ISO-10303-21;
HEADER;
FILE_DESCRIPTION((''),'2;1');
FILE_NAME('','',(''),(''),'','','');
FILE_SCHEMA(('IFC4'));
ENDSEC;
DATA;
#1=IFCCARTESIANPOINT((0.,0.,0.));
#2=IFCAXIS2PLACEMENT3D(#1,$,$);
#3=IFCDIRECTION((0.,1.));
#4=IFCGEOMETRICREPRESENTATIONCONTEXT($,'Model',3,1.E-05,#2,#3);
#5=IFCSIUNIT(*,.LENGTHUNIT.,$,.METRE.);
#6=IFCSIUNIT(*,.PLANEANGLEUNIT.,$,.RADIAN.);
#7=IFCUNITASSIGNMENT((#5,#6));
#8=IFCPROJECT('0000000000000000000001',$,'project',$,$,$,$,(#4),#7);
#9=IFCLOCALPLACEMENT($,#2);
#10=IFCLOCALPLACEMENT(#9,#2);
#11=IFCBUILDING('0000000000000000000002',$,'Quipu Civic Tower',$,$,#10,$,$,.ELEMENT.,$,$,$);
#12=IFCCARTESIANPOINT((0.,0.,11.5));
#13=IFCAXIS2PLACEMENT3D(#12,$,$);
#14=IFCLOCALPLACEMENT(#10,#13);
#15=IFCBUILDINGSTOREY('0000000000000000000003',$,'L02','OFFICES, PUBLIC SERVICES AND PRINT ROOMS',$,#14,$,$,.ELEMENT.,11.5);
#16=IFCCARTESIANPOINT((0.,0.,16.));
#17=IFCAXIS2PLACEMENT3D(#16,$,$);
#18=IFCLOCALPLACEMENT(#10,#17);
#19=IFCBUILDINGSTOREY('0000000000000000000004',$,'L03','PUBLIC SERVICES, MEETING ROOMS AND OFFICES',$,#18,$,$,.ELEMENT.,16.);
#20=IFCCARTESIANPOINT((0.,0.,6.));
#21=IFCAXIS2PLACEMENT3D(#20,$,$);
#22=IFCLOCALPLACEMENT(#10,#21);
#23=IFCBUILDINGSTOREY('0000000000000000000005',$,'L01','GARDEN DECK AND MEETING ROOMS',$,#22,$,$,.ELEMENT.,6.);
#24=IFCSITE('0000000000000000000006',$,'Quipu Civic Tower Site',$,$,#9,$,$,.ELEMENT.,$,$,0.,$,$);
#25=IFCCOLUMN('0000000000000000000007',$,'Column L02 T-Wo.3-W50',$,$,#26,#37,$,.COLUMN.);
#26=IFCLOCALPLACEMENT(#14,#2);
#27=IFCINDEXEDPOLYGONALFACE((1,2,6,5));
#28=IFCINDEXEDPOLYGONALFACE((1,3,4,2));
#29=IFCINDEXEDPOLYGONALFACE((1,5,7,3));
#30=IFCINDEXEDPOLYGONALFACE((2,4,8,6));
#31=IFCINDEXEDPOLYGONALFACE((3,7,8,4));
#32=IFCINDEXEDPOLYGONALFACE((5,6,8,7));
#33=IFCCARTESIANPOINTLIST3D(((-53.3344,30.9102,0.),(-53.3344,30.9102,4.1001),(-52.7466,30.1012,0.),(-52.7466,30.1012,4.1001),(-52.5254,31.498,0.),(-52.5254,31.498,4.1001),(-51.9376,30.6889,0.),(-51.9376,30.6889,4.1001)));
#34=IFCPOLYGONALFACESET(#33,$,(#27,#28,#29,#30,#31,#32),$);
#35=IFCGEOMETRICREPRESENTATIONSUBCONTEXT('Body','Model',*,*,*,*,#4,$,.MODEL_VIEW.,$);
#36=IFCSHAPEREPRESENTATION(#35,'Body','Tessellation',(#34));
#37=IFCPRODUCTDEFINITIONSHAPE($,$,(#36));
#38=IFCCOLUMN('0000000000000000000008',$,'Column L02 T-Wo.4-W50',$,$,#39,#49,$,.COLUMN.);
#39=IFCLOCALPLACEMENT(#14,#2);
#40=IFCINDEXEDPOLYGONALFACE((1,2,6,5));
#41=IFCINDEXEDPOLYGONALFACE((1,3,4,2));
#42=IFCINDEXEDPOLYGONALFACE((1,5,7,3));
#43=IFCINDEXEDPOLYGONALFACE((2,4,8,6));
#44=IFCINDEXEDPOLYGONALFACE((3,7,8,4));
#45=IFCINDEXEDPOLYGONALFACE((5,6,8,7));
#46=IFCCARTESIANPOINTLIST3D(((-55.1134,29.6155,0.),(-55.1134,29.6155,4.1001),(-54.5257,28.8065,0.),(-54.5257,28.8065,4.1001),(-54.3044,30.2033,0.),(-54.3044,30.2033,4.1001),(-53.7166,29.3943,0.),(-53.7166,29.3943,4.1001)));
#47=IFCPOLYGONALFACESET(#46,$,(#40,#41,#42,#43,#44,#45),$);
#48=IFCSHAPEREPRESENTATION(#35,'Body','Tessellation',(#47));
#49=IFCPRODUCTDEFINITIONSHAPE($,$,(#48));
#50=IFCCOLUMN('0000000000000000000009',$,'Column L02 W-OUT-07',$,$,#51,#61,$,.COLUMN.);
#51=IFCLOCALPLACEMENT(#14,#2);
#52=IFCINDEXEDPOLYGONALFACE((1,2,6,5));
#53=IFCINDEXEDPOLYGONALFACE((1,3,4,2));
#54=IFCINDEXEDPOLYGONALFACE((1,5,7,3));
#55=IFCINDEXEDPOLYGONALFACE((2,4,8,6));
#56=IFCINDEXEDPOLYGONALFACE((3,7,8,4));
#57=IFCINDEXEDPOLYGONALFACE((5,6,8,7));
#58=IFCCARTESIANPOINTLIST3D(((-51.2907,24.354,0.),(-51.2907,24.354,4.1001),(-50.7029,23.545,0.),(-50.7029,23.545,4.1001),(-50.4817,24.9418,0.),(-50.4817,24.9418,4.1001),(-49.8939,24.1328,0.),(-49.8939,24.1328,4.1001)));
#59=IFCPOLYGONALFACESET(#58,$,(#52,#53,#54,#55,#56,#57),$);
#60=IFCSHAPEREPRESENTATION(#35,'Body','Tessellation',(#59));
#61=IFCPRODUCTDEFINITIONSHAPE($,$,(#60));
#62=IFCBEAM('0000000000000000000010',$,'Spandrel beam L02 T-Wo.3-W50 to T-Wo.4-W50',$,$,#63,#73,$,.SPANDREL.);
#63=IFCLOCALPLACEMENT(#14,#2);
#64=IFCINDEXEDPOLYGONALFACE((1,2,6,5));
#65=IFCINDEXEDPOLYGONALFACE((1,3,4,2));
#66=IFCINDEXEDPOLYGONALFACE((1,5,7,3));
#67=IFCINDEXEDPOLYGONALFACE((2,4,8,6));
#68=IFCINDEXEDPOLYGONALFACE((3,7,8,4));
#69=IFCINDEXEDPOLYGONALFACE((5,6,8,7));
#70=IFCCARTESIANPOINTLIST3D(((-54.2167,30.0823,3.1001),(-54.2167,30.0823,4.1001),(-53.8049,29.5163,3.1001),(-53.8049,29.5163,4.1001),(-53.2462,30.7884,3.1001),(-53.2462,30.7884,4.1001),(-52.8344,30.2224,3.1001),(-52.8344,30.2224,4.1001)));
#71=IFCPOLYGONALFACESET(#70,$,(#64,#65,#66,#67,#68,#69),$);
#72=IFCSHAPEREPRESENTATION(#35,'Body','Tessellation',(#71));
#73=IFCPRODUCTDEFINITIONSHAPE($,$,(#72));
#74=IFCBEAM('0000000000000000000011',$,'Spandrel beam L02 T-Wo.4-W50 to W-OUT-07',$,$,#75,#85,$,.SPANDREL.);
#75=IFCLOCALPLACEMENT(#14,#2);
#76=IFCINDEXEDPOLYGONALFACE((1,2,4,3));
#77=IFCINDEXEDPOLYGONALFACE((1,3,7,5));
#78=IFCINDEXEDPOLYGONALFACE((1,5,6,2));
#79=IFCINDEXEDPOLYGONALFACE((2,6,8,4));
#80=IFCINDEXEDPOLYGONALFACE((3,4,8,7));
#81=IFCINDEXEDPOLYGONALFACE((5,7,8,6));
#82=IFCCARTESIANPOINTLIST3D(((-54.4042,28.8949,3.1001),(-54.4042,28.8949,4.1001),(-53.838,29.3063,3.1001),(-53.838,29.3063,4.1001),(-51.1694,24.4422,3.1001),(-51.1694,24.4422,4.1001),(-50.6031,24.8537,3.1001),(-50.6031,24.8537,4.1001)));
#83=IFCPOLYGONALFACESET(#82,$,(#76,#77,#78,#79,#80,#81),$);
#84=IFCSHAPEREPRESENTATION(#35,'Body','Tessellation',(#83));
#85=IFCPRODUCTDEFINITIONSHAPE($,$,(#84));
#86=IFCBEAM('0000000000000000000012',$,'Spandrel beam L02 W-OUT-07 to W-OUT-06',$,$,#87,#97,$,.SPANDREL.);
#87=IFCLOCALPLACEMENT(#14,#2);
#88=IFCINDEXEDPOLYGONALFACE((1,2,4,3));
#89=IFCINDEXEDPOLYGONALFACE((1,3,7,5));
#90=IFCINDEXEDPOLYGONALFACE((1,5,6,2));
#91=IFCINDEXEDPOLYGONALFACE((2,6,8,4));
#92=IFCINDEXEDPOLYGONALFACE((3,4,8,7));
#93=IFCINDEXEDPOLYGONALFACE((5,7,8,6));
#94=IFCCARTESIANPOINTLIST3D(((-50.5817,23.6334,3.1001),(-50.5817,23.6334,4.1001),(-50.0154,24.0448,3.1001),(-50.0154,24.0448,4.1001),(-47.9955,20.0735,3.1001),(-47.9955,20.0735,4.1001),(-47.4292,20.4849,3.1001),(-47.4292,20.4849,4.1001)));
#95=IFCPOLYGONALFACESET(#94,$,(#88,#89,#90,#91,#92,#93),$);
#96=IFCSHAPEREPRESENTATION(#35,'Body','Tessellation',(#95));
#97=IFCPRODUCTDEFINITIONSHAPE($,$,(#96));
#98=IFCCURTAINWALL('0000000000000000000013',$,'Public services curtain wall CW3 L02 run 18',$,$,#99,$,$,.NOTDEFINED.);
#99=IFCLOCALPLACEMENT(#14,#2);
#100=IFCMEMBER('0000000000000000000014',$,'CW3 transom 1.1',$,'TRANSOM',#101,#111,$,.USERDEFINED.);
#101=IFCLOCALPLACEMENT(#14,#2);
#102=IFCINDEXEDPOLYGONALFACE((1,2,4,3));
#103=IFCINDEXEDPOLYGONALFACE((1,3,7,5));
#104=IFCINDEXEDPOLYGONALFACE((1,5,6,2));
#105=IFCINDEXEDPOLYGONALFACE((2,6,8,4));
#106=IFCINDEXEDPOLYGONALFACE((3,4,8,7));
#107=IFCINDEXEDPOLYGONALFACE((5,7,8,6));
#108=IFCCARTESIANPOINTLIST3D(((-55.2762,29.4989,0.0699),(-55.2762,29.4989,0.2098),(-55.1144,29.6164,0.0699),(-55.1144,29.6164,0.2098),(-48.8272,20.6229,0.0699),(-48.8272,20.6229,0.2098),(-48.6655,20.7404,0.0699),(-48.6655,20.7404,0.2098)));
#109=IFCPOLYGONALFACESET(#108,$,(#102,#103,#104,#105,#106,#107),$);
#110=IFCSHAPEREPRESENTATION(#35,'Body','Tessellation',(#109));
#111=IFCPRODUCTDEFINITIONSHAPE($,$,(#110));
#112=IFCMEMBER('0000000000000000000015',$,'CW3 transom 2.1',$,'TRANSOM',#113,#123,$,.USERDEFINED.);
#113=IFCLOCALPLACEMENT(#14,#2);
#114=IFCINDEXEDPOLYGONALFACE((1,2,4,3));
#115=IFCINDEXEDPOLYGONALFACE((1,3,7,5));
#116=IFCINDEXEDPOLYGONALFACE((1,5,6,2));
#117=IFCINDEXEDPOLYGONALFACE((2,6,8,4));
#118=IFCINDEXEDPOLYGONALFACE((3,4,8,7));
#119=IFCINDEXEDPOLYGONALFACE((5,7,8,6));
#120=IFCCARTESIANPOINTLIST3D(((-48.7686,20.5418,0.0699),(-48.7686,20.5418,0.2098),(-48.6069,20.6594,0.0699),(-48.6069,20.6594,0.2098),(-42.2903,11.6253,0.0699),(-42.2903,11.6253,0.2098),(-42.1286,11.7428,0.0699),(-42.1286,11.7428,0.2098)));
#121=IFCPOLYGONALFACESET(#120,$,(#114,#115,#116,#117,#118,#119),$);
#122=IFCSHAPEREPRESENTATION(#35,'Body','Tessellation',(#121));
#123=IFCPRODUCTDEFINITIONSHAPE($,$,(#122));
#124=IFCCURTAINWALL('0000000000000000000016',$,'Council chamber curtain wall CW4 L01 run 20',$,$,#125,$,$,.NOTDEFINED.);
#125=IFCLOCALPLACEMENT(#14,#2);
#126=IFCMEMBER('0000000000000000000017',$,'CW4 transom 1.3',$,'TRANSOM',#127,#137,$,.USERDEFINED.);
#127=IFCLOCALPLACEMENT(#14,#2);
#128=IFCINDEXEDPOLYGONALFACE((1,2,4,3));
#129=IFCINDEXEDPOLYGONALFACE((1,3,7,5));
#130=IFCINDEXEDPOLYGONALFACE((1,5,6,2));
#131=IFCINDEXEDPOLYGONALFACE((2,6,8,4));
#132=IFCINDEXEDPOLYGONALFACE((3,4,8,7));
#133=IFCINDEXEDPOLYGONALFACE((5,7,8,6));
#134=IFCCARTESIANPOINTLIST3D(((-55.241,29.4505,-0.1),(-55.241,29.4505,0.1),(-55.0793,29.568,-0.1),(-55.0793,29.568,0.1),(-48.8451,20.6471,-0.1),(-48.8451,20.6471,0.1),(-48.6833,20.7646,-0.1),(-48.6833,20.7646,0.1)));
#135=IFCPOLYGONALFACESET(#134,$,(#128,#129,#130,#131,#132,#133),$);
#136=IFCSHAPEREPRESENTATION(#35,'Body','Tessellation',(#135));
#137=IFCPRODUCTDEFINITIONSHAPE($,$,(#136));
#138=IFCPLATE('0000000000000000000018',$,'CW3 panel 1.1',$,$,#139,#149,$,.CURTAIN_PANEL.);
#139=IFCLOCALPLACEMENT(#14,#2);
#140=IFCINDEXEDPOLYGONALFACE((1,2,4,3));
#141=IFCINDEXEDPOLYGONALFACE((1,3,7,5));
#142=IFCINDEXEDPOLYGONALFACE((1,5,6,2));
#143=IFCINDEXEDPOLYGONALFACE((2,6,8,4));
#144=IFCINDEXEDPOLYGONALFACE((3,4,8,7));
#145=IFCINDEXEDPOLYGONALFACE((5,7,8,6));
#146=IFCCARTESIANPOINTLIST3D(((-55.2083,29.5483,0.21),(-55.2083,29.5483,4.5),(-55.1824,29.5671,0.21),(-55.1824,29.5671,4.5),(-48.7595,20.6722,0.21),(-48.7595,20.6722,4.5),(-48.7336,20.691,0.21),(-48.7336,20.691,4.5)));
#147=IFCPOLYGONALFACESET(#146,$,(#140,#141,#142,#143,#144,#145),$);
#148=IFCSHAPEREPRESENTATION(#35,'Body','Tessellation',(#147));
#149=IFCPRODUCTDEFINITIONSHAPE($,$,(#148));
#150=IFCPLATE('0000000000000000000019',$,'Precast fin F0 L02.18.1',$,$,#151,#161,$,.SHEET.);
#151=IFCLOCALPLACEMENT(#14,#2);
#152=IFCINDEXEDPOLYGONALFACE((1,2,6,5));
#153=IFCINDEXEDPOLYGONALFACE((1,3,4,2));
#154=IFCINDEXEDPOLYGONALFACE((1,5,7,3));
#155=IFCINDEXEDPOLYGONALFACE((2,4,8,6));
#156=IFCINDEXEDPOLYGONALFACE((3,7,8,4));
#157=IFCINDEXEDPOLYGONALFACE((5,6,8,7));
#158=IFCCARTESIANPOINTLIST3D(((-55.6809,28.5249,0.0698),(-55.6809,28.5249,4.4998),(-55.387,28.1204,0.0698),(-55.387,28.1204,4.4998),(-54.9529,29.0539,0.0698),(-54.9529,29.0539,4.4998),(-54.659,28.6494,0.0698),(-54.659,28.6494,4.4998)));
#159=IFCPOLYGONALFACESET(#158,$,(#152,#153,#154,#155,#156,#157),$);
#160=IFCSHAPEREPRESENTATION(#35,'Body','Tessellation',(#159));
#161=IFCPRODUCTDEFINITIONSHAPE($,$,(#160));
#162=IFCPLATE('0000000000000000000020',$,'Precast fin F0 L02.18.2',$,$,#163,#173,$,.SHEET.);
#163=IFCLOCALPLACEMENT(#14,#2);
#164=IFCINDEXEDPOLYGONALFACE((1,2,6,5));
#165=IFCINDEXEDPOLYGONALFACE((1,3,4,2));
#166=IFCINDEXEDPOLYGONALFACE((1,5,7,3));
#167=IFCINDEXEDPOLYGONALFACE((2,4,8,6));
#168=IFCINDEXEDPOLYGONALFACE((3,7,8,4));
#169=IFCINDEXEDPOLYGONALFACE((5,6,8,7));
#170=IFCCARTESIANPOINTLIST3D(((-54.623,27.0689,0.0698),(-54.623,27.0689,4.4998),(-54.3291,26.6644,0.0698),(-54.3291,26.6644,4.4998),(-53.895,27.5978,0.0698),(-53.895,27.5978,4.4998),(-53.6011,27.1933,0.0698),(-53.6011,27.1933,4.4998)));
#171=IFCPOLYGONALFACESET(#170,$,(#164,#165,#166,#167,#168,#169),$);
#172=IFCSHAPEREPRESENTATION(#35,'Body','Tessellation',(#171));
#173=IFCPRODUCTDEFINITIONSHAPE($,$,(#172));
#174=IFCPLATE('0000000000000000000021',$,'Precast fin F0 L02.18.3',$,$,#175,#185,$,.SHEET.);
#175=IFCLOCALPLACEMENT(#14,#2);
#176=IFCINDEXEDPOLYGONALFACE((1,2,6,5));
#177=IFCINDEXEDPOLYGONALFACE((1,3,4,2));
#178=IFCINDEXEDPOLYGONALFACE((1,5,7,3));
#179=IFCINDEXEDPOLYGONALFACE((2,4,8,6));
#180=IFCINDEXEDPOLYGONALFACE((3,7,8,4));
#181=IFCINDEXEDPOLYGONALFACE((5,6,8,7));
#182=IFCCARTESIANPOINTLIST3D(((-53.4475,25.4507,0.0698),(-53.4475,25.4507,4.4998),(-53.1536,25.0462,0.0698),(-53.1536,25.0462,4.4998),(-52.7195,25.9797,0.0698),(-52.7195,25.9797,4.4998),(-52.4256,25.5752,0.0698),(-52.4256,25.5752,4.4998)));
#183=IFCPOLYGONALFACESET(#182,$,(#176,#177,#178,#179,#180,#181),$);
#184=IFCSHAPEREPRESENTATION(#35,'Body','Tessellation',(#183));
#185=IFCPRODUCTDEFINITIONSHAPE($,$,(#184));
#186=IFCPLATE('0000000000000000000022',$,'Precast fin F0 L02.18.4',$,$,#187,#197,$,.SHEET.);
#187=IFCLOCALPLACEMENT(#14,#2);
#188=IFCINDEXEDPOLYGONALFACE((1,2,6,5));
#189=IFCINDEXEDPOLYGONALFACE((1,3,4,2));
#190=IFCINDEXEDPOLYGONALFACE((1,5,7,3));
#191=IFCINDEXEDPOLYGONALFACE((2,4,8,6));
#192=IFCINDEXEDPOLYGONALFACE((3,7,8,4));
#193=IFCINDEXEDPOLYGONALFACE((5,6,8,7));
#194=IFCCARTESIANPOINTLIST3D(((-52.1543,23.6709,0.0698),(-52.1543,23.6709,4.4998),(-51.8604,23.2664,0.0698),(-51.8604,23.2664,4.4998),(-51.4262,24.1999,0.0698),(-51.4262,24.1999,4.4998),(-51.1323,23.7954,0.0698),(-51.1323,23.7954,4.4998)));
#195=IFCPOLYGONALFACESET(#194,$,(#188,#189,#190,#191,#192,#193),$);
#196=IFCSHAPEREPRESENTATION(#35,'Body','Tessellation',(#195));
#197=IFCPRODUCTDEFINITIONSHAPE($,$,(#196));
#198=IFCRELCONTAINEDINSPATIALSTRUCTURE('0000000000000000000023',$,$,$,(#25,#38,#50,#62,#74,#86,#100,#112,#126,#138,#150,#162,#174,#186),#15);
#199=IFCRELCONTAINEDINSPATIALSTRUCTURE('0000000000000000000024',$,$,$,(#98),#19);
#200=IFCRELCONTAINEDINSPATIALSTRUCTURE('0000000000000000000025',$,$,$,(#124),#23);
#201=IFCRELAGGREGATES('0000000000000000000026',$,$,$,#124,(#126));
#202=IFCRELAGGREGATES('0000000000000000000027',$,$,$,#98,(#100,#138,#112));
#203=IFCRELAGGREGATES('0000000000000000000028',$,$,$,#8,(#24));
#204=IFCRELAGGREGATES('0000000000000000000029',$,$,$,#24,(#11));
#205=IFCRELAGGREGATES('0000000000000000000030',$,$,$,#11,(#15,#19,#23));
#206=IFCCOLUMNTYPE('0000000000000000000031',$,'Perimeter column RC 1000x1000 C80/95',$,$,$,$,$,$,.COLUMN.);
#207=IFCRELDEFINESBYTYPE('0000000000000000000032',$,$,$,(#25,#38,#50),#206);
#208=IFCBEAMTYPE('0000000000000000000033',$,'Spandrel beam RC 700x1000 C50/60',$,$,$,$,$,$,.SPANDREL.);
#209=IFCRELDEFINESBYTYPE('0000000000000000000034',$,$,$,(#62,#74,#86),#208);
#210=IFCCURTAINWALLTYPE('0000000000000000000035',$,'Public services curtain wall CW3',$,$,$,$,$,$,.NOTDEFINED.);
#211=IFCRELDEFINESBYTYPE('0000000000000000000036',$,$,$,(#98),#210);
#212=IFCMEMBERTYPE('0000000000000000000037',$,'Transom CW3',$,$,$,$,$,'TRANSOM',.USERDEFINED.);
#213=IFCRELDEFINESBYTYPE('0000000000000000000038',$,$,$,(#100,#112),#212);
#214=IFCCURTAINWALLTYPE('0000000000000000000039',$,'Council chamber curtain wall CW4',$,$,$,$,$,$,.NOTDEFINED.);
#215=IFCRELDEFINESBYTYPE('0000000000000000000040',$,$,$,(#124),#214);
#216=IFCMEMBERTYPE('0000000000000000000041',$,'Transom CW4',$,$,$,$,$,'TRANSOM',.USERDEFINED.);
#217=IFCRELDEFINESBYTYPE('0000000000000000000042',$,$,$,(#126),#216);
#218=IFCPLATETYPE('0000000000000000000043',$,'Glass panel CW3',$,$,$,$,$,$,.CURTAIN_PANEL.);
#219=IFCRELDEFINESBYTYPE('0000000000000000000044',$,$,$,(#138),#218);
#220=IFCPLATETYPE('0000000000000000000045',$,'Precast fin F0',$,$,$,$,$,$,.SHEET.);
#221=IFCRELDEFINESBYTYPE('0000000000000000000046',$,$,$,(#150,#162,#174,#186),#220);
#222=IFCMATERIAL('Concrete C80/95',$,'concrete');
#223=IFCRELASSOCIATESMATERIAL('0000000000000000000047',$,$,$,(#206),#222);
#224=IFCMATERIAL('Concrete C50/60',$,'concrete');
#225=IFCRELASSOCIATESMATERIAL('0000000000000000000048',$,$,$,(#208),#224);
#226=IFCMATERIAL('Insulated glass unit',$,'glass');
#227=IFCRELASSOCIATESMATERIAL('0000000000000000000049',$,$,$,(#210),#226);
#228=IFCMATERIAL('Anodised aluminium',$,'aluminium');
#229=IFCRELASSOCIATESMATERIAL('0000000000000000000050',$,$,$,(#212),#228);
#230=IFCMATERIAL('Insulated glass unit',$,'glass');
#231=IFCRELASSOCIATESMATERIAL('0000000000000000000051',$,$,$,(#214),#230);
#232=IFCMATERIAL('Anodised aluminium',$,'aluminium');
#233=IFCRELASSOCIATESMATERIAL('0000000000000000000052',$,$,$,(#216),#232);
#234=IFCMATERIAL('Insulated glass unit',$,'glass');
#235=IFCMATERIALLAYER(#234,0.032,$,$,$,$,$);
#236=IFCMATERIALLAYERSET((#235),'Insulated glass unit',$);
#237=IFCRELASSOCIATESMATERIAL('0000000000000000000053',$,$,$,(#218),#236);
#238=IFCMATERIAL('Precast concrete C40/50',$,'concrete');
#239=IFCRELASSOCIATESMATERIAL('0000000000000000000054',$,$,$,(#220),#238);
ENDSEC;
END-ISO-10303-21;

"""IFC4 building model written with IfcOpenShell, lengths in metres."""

from ifc_helpers import new_model, si_unit, direction, frame, origin, origin_2d, place, context, subcontext, project, spatial, rectangle, extrude, material, layer, layer_set, material_profile, profile_set, type_object, element, aggregate, save


model = new_model("IFC4")

# Units and contexts
model_context = context("Model", 3, precision=1e-05, world=origin(), true_north=direction((0.0, 1.0)))
body_context = subcontext(model_context, "Body", "Model", "MODEL_VIEW")
ifc_project = project(units=[si_unit("LENGTHUNIT", "METRE"), si_unit("PLANEANGLEUNIT", "RADIAN")], contexts=[model_context])

# Site, building, storey
site_placement = place(None, origin())
site = spatial("IfcSite", under=ifc_project, at=site_placement, Name="Quipu Civic Tower Site", CompositionType="ELEMENT", RefElevation=0.0)
building_placement = place(site_placement, origin())
building = spatial("IfcBuilding", under=site, at=building_placement, Name="Quipu Civic Tower", CompositionType="ELEMENT")
storey_1_placement = place(building_placement, frame((0.0, 0.0, 11.5)))
storey_1 = spatial("IfcBuildingStorey", under=building, at=storey_1_placement, Name="L02", Description="OFFICES, PUBLIC SERVICES AND PRINT ROOMS", CompositionType="ELEMENT", Elevation=11.5)

# Columns
ifc_material_1 = material(Name="Concrete C80/95", Category="concrete")
ifc_material_profile_1 = material_profile(ifc_material_1, rectangle(XDim=1.0, YDim=1.0, at=origin_2d()), Name="RC1000x1000")
ifc_profile_set_1 = profile_set([ifc_material_profile_1], Name="Concrete C80/95")
column_type = type_object("IfcColumnType", Name="Perimeter column RC 1000x1000 C80/95", PredefinedType="COLUMN", material=ifc_profile_set_1)
for number, where, z_axis, x_axis, name in (
    (1, (-52.636, 30.7996, 0.0), (0.0, 0.0, 1.0), (-0.809017, -0.587785, 0.0), "Column L02 T-Wo.3-W50"),
    (2, (-54.415, 29.5049, 0.0), (0.0, 0.0, 1.0), (0.587785, -0.809017, 0.0), "Column L02 T-Wo.4-W50"),
    (3, (-50.5923, 24.2434, 0.0), (0.0, 0.0, 1.0), (0.587785, -0.809017, 0.0), "Column L02 W-OUT-07"),
):
    element("IfcColumn", number, at=place(storey_1_placement, frame(where, z_axis=z_axis, x_axis=x_axis)), inside=storey_1, type_object=column_type, Name=name, PredefinedType="COLUMN", context=body_context, shape_type="SweptSolid", body=[
        extrude(rectangle(XDim=1.0, YDim=1.0, at=origin_2d()), origin(), (0.0, 0.0, 1.0), 4.1001),
    ])

# Beams
ifc_material_2 = material(Name="Concrete C50/60", Category="concrete")
ifc_material_profile_2 = material_profile(ifc_material_2, rectangle(XDim=0.7, YDim=1.0, at=origin_2d()), Name="RC700x1000")
ifc_profile_set_2 = profile_set([ifc_material_profile_2], Name="Concrete C50/60")
beam_type = type_object("IfcBeamType", Name="Spandrel beam RC 700x1000 C50/60", PredefinedType="SPANDREL", material=ifc_profile_set_2)
beam_1_placement = place(storey_1_placement, frame((-53.0403, 30.5054, 3.6001), z_axis=(-0.808631, -0.588317, 0.0), x_axis=(0.588317, -0.808631, 0.0)))
element("IfcBeam", 4, at=beam_1_placement, inside=storey_1, type_object=beam_type, Name="Spandrel beam L02 T-Wo.3-W50 to T-Wo.4-W50", PredefinedType="SPANDREL", context=body_context, shape_type="SweptSolid", body=[
    extrude(rectangle(XDim=0.7, YDim=1.0, at=origin_2d()), origin(), (0.0, 0.0, 1.0), 1.2002),
])
beam_2_placement = place(storey_1_placement, frame((-54.1211, 29.1006, 3.6001), z_axis=(0.587765, -0.809031, 0.0), x_axis=(0.809031, 0.587765, 0.0)))
element("IfcBeam", 5, at=beam_2_placement, inside=storey_1, type_object=beam_type, Name="Spandrel beam L02 T-Wo.4-W50 to W-OUT-07", PredefinedType="SPANDREL", context=body_context, shape_type="SweptSolid", body=[
    extrude(rectangle(XDim=0.7, YDim=1.0, at=origin_2d()), origin(), (0.0, 0.0, 1.0), 5.5037),
])
beam_3_placement = place(storey_1_placement, frame((-50.2986, 23.8391, 3.6001), z_axis=(0.587759, -0.809036, 0.0), x_axis=(0.809036, 0.587759, 0.0)))
element("IfcBeam", 6, at=beam_3_placement, inside=storey_1, type_object=beam_type, Name="Spandrel beam L02 W-OUT-07 to W-OUT-06", PredefinedType="SPANDREL", context=body_context, shape_type="SweptSolid", body=[
    extrude(rectangle(XDim=0.7, YDim=1.0, at=origin_2d()), origin(), (0.0, 0.0, 1.0), 4.4001),
])

# Shared definitions
storey_2_placement = place(building_placement, frame((0.0, 0.0, 16.0)))
storey_2 = spatial("IfcBuildingStorey", under=building, at=storey_2_placement, Name="L03", Description="PUBLIC SERVICES, MEETING ROOMS AND OFFICES", CompositionType="ELEMENT", Elevation=16.0)

# Curtain wall, members
ifc_material_3 = material(Name="Insulated glass unit", Category="glass")
curtain_wall_type_1 = type_object("IfcCurtainWallType", Name="Public services curtain wall CW3", PredefinedType="NOTDEFINED", material=ifc_material_3)
curtain_wall_1_placement = place(storey_2_placement, origin())
curtain_wall_1 = element("IfcCurtainWall", 7, at=curtain_wall_1_placement, inside=storey_2, type_object=curtain_wall_type_1, Name="Public services curtain wall CW3 L02 run 18", PredefinedType="NOTDEFINED")
ifc_material_4 = material(Name="Anodised aluminium", Category="aluminium")
ifc_material_profile_3 = material_profile(ifc_material_4, rectangle(XDim=0.2, YDim=0.1399, at=origin_2d()), Name="RECT 200x140")
ifc_profile_set_3 = profile_set([ifc_material_profile_3], Name="Anodised aluminium")
member_type_1 = type_object("IfcMemberType", Name="Transom CW3", ElementType="TRANSOM", PredefinedType="USERDEFINED", material=ifc_profile_set_3)
member_1_placement = place(storey_1_placement, frame((-55.1953, 29.5576, 0.1399), z_axis=(0.587797, -0.809008, 0.0), x_axis=(0.809008, 0.587797, 0.0)))
member_1 = element("IfcMember", 8, at=member_1_placement, inside=storey_1, type_object=member_type_1, Name="CW3 transom 1.1", ObjectType="TRANSOM", PredefinedType="USERDEFINED", context=body_context, shape_type="SweptSolid", body=[
    extrude(rectangle(XDim=0.2, YDim=0.1399, at=origin_2d()), origin(), (0.0, 0.0, 1.0), 10.9714),
])
member_2_placement = place(storey_1_placement, frame((-48.6877, 20.6006, 0.1399), z_axis=(0.587788, -0.809015, 0.0), x_axis=(0.809015, 0.587788, 0.0)))
member_2 = element("IfcMember", 9, at=member_2_placement, inside=storey_1, type_object=member_type_1, Name="CW3 transom 2.1", ObjectType="TRANSOM", PredefinedType="USERDEFINED", context=body_context, shape_type="SweptSolid", body=[
    extrude(rectangle(XDim=0.2, YDim=0.1399, at=origin_2d()), origin(), (0.0, 0.0, 1.0), 11.0215),
])

# Shared definitions
storey_3_placement = place(building_placement, frame((0.0, 0.0, 6.0)))
storey_3 = spatial("IfcBuildingStorey", under=building, at=storey_3_placement, Name="L01", Description="GARDEN DECK AND MEETING ROOMS", CompositionType="ELEMENT", Elevation=6.0)

# Curtain wall, member
ifc_material_5 = material(Name="Insulated glass unit", Category="glass")
curtain_wall_type_2 = type_object("IfcCurtainWallType", Name="Council chamber curtain wall CW4", PredefinedType="NOTDEFINED", material=ifc_material_5)
curtain_wall_2_placement = place(storey_3_placement, origin())
curtain_wall_2 = element("IfcCurtainWall", 10, at=curtain_wall_2_placement, inside=storey_3, type_object=curtain_wall_type_2, Name="Council chamber curtain wall CW4 L01 run 20", PredefinedType="NOTDEFINED")
ifc_material_6 = material(Name="Anodised aluminium", Category="aluminium")
ifc_material_profile_4 = material_profile(ifc_material_6, rectangle(XDim=0.2, YDim=0.2, at=origin_2d()), Name="RECT 200x200")
ifc_profile_set_4 = profile_set([ifc_material_profile_4], Name="Anodised aluminium")
member_type_2 = type_object("IfcMemberType", Name="Transom CW4", ElementType="TRANSOM", PredefinedType="USERDEFINED", material=ifc_profile_set_4)
member_3_placement = place(storey_1_placement, frame((-55.1602, 29.5093, 0.0), z_axis=(0.587779, -0.809021, 0.0), x_axis=(0.809021, 0.587779, 0.0)))
member_3 = element("IfcMember", 11, at=member_3_placement, inside=storey_1, type_object=member_type_2, Name="CW4 transom 1.3", ObjectType="TRANSOM", PredefinedType="USERDEFINED", context=body_context, shape_type="SweptSolid", body=[
    extrude(rectangle(XDim=0.2, YDim=0.2, at=origin_2d()), origin(), (0.0, 0.0, 1.0), 10.8816),
])
aggregate(curtain_wall_2, [member_3])

# Plate
ifc_material_7 = material(Name="Insulated glass unit", Category="glass")
ifc_layer = layer(ifc_material_7, 0.032)
ifc_layer_set = layer_set([ifc_layer], Name="Insulated glass unit")
plate_type_1 = type_object("IfcPlateType", Name="Glass panel CW3", PredefinedType="CURTAIN_PANEL", material=ifc_layer_set)
plate_placement = place(storey_1_placement, frame((-51.9709, 25.1196, 0.21), z_axis=(0.0, 0.0, 1.0), x_axis=(0.587785, -0.809017, 0.0)))
plate = element("IfcPlate", 12, at=plate_placement, inside=storey_1, type_object=plate_type_1, Name="CW3 panel 1.1", PredefinedType="CURTAIN_PANEL", context=body_context, shape_type="SweptSolid", body=[
    extrude(rectangle(XDim=10.9714, YDim=0.032, at=origin_2d()), origin(), (0.0, 0.0, 1.0), 4.29),
])
aggregate(curtain_wall_1, [member_1, plate, member_2])

# Plates
ifc_material_8 = material(Name="Precast concrete C40/50", Category="concrete")
plate_type_2 = type_object("IfcPlateType", Name="Precast fin F0", PredefinedType="SHEET", material=ifc_material_8)
for number, where, z_axis, x_axis, name in (
    (13, (-55.1699, 28.5872, 0.0698), (0.0, 0.0, 1.0), (0.587786, -0.809017, 0.0), "Precast fin F0 L02.18.1"),
    (14, (-54.1121, 27.1311, 0.0698), (0.0, 0.0, 1.0), (0.587786, -0.809017, 0.0), "Precast fin F0 L02.18.2"),
    (15, (-52.9365, 25.5129, 0.0698), (0.0, 0.0, 1.0), (0.587786, -0.809017, 0.0), "Precast fin F0 L02.18.3"),
    (16, (-51.6433, 23.7332, 0.0698), (0.0, 0.0, 1.0), (0.587786, -0.809017, 0.0), "Precast fin F0 L02.18.4"),
):
    element("IfcPlate", number, at=place(storey_1_placement, frame(where, z_axis=z_axis, x_axis=x_axis)), inside=storey_1, type_object=plate_type_2, Name=name, PredefinedType="SHEET", context=body_context, shape_type="SweptSolid", body=[
        extrude(rectangle(XDim=0.5, YDim=0.8999, at=origin_2d()), origin(), (0.0, 0.0, 1.0), 4.4299),
    ])

save(model, "model.ifc")
